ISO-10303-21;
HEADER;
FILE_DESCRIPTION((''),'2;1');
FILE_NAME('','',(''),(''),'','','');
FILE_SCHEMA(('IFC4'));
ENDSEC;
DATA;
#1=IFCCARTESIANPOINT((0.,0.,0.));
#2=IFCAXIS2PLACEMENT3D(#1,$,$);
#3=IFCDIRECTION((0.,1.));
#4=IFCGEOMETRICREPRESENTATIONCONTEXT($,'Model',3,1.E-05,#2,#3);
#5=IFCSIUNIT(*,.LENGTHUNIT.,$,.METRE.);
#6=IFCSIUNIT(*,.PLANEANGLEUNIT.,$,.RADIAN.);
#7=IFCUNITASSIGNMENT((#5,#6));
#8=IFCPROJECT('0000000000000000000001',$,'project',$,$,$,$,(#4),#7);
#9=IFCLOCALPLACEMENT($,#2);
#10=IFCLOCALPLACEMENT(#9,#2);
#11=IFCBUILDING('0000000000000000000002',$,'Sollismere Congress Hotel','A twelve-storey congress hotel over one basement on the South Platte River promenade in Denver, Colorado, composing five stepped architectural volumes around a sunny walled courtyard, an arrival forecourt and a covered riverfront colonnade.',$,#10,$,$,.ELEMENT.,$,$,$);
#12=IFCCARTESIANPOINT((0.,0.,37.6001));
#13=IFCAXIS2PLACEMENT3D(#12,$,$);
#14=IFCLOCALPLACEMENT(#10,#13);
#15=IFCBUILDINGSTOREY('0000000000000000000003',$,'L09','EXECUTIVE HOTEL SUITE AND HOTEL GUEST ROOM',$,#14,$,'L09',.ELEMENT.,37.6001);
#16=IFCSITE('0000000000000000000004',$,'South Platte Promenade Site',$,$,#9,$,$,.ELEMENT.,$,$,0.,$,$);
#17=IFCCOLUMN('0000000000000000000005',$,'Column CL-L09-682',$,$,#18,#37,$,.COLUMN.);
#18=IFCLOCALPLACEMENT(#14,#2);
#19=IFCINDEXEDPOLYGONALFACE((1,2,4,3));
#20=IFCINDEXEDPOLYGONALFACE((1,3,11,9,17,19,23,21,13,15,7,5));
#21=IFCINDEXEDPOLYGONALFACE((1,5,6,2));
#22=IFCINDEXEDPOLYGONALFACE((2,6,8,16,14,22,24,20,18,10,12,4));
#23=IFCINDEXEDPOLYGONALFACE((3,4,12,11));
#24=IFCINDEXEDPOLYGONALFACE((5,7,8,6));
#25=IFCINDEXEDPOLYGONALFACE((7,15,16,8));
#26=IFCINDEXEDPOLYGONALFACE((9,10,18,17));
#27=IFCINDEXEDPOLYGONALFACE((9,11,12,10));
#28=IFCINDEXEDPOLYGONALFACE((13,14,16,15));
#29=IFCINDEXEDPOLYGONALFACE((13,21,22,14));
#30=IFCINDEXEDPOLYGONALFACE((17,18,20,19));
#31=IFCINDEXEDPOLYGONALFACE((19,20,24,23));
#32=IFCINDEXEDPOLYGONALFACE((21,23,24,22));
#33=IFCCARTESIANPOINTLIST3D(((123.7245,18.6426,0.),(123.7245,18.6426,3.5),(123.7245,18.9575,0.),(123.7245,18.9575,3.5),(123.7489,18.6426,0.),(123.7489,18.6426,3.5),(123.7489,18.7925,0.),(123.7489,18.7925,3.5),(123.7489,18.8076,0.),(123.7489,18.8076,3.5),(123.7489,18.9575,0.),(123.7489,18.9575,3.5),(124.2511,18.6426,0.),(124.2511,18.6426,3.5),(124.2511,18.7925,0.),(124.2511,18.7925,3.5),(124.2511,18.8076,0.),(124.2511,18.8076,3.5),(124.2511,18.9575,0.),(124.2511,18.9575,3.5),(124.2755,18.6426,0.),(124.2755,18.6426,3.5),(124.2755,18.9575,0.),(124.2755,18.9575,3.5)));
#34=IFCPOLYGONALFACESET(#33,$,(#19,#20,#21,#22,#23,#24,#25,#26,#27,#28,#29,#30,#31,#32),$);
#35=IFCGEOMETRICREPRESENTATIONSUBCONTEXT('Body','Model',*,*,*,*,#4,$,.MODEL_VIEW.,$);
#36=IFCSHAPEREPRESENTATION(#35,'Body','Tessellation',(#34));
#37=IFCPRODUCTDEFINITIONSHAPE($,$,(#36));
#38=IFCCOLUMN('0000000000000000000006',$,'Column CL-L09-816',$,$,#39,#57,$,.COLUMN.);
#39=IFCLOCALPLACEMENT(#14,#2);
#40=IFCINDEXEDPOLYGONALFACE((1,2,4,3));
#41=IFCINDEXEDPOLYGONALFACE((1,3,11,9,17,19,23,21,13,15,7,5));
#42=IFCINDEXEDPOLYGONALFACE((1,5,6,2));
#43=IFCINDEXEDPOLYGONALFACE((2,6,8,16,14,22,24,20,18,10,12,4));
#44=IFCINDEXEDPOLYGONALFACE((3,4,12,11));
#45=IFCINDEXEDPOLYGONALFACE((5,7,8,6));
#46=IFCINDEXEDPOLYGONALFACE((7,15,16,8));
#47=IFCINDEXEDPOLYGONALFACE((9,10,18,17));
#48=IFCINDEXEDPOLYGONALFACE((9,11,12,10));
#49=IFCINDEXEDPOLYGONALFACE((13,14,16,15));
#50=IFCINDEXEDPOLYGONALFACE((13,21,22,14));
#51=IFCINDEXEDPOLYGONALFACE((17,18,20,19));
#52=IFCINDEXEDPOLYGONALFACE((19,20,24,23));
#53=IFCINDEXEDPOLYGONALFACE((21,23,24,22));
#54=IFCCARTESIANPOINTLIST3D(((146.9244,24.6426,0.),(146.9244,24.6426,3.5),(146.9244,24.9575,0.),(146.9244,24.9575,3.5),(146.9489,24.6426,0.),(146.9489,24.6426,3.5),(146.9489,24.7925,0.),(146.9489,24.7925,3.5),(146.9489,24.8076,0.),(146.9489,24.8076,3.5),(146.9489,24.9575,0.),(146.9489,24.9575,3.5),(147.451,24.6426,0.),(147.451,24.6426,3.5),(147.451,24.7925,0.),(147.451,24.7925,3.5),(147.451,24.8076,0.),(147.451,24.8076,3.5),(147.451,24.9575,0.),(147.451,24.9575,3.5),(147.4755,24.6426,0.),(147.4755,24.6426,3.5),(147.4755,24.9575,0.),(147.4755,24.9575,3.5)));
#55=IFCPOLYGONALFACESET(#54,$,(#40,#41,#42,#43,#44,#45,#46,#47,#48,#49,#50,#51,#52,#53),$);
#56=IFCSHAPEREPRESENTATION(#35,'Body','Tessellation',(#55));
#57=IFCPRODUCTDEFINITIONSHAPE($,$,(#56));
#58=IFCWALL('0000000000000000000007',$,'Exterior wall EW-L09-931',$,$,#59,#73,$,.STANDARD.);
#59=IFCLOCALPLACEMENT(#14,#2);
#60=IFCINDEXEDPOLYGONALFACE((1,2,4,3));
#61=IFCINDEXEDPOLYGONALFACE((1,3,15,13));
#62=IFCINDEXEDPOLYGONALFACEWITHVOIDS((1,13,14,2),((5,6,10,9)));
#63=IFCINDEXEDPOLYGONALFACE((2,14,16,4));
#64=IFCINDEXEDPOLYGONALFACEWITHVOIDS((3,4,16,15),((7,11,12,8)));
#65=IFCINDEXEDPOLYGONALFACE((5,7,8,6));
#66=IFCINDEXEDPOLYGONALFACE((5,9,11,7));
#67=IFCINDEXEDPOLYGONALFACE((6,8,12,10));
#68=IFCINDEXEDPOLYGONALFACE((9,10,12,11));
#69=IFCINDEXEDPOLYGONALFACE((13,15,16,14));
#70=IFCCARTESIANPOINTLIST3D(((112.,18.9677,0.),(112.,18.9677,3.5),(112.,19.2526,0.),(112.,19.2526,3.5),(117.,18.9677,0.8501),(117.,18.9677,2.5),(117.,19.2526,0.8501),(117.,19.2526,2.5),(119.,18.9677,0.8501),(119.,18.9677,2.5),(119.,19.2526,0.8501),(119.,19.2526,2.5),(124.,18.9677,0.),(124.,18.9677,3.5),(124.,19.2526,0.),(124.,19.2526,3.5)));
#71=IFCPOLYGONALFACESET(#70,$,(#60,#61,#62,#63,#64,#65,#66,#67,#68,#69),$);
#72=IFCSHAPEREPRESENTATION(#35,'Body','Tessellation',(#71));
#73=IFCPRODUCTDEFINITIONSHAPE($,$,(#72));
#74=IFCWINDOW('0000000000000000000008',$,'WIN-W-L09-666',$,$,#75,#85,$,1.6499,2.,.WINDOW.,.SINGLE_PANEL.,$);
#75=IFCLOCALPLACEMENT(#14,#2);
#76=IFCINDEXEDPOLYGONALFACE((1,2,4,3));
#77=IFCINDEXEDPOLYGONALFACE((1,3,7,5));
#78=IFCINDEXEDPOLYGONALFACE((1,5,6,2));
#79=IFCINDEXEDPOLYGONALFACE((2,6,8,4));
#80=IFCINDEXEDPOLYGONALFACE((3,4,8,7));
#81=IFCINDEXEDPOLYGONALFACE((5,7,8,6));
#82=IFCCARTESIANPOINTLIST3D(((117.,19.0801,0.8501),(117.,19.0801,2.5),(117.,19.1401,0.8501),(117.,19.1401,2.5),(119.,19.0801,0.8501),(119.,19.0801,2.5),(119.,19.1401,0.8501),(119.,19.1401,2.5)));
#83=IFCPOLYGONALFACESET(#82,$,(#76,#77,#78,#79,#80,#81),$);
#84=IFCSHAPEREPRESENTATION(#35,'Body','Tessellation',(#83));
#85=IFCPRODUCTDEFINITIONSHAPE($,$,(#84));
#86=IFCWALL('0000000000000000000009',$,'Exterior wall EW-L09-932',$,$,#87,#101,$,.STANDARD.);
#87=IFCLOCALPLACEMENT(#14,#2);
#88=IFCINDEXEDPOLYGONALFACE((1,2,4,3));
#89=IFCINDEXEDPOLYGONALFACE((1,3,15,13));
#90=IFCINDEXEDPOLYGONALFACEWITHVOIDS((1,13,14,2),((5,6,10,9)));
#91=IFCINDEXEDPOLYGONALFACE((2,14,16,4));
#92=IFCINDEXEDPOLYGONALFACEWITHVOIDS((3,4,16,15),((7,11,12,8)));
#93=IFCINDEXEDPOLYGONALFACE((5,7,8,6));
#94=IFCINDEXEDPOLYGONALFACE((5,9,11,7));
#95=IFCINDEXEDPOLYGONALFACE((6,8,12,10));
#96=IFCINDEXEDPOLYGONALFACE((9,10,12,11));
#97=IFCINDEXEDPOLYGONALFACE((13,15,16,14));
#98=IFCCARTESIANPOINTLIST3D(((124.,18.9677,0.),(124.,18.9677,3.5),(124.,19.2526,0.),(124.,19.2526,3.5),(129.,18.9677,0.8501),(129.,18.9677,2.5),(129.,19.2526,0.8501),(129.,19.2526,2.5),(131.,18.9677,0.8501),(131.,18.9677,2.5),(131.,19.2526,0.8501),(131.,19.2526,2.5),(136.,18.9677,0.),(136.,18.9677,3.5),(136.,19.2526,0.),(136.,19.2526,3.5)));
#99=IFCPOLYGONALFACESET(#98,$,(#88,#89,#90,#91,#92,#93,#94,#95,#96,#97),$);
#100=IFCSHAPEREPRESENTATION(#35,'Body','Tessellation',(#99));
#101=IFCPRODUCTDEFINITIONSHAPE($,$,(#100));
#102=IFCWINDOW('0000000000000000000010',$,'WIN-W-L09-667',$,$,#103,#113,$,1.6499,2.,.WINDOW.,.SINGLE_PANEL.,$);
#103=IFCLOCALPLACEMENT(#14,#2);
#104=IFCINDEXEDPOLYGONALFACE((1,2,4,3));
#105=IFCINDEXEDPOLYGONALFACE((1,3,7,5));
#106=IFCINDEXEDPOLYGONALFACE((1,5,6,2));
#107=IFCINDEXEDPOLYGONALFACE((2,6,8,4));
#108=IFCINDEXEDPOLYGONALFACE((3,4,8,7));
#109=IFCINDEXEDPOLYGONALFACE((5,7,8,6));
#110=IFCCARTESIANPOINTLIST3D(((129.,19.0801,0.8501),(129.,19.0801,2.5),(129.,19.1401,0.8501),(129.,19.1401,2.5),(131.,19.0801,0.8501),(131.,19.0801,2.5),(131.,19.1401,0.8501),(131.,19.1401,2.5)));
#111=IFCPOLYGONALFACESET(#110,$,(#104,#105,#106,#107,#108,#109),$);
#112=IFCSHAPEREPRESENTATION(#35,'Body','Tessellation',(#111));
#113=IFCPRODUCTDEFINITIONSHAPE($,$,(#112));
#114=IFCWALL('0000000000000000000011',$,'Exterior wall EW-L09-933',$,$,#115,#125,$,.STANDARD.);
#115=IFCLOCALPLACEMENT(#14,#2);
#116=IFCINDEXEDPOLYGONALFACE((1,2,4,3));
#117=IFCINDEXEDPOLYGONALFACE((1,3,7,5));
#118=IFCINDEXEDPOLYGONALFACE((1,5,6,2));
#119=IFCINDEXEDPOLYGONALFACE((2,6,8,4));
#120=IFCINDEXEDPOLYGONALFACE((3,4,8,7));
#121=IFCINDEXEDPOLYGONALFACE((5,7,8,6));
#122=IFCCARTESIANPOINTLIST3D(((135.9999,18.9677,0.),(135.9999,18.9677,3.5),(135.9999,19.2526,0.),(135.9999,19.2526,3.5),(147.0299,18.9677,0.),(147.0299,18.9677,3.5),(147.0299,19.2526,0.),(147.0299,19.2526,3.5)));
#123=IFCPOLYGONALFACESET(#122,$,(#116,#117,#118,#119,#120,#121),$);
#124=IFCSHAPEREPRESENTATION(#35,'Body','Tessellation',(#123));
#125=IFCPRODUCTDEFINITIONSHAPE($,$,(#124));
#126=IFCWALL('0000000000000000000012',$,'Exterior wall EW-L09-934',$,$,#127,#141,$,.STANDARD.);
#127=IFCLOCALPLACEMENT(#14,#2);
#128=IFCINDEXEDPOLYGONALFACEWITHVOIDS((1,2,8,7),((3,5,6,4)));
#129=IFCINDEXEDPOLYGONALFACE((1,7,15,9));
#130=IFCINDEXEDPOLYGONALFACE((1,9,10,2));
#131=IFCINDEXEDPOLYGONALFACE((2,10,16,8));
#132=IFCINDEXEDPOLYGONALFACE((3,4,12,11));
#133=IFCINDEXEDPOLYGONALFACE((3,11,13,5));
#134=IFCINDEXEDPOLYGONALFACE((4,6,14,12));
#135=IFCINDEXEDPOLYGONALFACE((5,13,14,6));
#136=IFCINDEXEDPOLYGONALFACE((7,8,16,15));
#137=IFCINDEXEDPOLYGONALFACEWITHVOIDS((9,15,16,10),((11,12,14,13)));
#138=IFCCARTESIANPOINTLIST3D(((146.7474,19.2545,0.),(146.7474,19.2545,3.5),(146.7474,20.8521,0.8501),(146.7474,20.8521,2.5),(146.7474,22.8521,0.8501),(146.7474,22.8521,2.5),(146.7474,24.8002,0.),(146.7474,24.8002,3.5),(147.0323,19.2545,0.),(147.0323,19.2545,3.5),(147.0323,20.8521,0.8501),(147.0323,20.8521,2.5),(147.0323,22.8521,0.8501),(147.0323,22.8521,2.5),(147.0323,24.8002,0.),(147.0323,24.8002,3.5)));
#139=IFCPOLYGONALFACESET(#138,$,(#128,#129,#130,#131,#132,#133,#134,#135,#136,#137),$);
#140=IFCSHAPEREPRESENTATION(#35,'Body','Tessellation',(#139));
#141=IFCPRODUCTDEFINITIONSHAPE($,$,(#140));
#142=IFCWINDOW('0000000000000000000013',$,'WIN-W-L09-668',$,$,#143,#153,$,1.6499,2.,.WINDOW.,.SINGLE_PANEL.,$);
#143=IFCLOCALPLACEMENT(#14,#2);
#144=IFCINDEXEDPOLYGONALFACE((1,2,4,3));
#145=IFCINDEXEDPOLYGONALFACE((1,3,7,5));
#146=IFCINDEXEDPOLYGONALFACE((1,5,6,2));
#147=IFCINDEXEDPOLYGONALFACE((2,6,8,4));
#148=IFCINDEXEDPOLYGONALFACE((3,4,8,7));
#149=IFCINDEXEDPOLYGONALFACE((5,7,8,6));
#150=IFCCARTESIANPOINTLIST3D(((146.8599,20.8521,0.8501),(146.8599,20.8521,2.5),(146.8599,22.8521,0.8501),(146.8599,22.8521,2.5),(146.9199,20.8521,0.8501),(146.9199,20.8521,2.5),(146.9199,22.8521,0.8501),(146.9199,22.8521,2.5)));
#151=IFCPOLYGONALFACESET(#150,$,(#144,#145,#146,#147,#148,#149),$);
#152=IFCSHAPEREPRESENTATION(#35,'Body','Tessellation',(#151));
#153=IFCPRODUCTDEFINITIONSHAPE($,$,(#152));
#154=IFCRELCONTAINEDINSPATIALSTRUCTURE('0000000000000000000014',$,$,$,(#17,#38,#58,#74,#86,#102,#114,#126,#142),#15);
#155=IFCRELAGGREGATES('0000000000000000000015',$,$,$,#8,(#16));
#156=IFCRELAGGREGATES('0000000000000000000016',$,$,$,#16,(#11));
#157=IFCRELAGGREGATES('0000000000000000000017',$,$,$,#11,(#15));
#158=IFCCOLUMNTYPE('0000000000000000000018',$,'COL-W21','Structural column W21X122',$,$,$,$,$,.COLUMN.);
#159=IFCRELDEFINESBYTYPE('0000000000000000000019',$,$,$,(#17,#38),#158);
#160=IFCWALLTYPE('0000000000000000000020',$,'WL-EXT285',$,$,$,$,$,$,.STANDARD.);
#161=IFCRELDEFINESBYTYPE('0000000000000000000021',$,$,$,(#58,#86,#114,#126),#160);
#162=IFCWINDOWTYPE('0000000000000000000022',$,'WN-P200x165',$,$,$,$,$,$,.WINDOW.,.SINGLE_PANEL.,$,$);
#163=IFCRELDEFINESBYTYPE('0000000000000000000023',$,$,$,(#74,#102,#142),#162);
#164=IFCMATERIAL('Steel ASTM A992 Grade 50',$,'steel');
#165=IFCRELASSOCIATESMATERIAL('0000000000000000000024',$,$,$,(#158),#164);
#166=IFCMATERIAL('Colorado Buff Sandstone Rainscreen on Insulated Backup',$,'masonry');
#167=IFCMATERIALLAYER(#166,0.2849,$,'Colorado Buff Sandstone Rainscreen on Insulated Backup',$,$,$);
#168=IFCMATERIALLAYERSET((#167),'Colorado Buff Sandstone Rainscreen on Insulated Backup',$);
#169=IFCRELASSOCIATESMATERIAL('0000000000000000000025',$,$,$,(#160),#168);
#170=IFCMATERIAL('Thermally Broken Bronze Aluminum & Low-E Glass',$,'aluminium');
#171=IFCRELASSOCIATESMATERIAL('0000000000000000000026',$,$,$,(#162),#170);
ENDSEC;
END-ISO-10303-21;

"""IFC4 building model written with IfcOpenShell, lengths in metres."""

from ifc_helpers import new_model, si_unit, direction, frame, frame_2d, origin, origin_2d, place, context, subcontext, project, spatial, rectangle, i_section, extrude, material, layer, layer_set, material_profile, profile_set, type_object, element, fill, save


model = new_model("IFC4")

# Units and contexts
model_context = context("Model", 3, precision=1e-05, world=origin(), true_north=direction((0.0, 1.0)))
body_context = subcontext(model_context, "Body", "Model", "MODEL_VIEW")
ifc_project = project(units=[si_unit("LENGTHUNIT", "METRE"), si_unit("PLANEANGLEUNIT", "RADIAN")], contexts=[model_context])

# Site, building, storey
site_placement = place(None, origin())
site = spatial("IfcSite", under=ifc_project, at=site_placement, Name="South Platte Promenade Site", CompositionType="ELEMENT", RefElevation=0.0)
building_placement = place(site_placement, origin())
building = spatial("IfcBuilding", under=site, at=building_placement, Name="Sollismere Congress Hotel", Description="A twelve-storey congress hotel over one basement on the South Platte River promenade in Denver, Colorado, composing five stepped architectural volumes around a sunny walled courtyard, an arrival forecourt and a covered riverfront colonnade.", CompositionType="ELEMENT")
storey_placement = place(building_placement, frame((0.0, 0.0, 37.6001)))
storey = spatial("IfcBuildingStorey", under=building, at=storey_placement, Name="L09", Description="EXECUTIVE HOTEL SUITE AND HOTEL GUEST ROOM", LongName="L09", CompositionType="ELEMENT", Elevation=37.6001)

# Columns
ifc_material_1 = material(Name="Steel ASTM A992 Grade 50", Category="steel")
ifc_material_profile = material_profile(ifc_material_1, i_section(OverallWidth=0.3149, OverallDepth=0.551, WebThickness=0.0151, FlangeThickness=0.0244, at=origin_2d()), Name="W21X122")
ifc_profile_set = profile_set([ifc_material_profile], Name="Steel ASTM A992 Grade 50")
column_type = type_object("IfcColumnType", Name="COL-W21", Description="Structural column W21X122", PredefinedType="COLUMN", material=ifc_profile_set)
for number, where, z_axis, x_axis, name in (
    (1, (124.0, 18.8, 0.0), (0.0, 0.0, 1.0), (0.0, 1.0, 0.0), "Column CL-L09-682"),
    (2, (147.2, 24.8, 0.0), (0.0, 0.0, 1.0), (0.0, 1.0, 0.0), "Column CL-L09-816"),
):
    element("IfcColumn", number, at=place(storey_placement, frame(where, z_axis=z_axis, x_axis=x_axis)), inside=storey, type_object=column_type, Name=name, PredefinedType="COLUMN", context=body_context, shape_type="SweptSolid", body=[
        extrude(i_section(OverallWidth=0.3149, OverallDepth=0.551, WebThickness=0.0151, FlangeThickness=0.0244, at=origin_2d()), origin(), (0.0, 0.0, 1.0), 3.5),
    ])

# Walls, openings, windows
ifc_material_2 = material(Name="Colorado Buff Sandstone Rainscreen on Insulated Backup", Category="masonry")
ifc_layer_1 = layer(ifc_material_2, 0.2849, Name="Colorado Buff Sandstone Rainscreen on Insulated Backup")
ifc_layer_set_1 = layer_set([ifc_layer_1], Name="Colorado Buff Sandstone Rainscreen on Insulated Backup")
wall_type_1 = type_object("IfcWallType", Name="WL-EXT285", PredefinedType="STANDARD", material=ifc_layer_set_1)
wall_1_placement = place(storey_placement, frame((124.0, 19.1101, 0.0), z_axis=(0.0, 0.0, 1.0), x_axis=(-1.0, 0.0, 0.0)))
wall_1 = element("IfcWall", 3, at=wall_1_placement, inside=storey, type_object=wall_type_1, Name="Exterior wall EW-L09-931", PredefinedType="STANDARD", context=body_context, shape_type="SweptSolid", body=[
    extrude(rectangle(XDim=12.0, YDim=0.2849, at=frame_2d((6.0, 0.0))), origin(), (0.0, 0.0, 1.0), 3.5),
])
opening_1_placement = place(wall_1_placement, frame((5.0, 0.0, 0.8501)))
opening_1 = element("IfcOpeningElement", 4, at=opening_1_placement, cuts=wall_1, PredefinedType="OPENING", context=body_context, shape_type="SweptSolid", body=[
    extrude(rectangle(XDim=2.0, YDim=1.6499, at=frame_2d((1.0, 0.825))), frame((0.0, 0.1523, 0.0), z_axis=(0.0, -1.0, 0.0), x_axis=(1.0, 0.0, 0.0)), (0.0, 0.0, 1.0), 0.3049),
])
ifc_material_3 = material(Name="Thermally Broken Bronze Aluminum & Low-E Glass", Category="aluminium")
window_type = type_object("IfcWindowType", Name="WN-P200x165", PartitioningType="SINGLE_PANEL", PredefinedType="WINDOW", material=ifc_material_3)
window_1_placement = place(opening_1_placement, origin())
window_1 = element("IfcWindow", 5, at=window_1_placement, inside=storey, type_object=window_type, Name="WIN-W-L09-666", OverallHeight=1.6499, OverallWidth=2.0, PartitioningType="SINGLE_PANEL", PredefinedType="WINDOW", context=body_context, shape_type="SweptSolid", body=[
    extrude(rectangle(XDim=2.0, YDim=1.6499, at=frame_2d((1.0, 0.825))), frame((0.0, 0.03, 0.0), z_axis=(0.0, -1.0, 0.0), x_axis=(1.0, 0.0, 0.0)), (0.0, 0.0, 1.0), 0.0601),
])
fill(opening_1, window_1)
wall_2_placement = place(storey_placement, frame((136.0, 19.1101, 0.0), z_axis=(0.0, 0.0, 1.0), x_axis=(-1.0, 0.0, 0.0)))
wall_2 = element("IfcWall", 6, at=wall_2_placement, inside=storey, type_object=wall_type_1, Name="Exterior wall EW-L09-932", PredefinedType="STANDARD", context=body_context, shape_type="SweptSolid", body=[
    extrude(rectangle(XDim=12.0, YDim=0.2849, at=frame_2d((6.0, 0.0))), origin(), (0.0, 0.0, 1.0), 3.5),
])
opening_2_placement = place(wall_2_placement, frame((5.0, 0.0, 0.8501)))
opening_2 = element("IfcOpeningElement", 7, at=opening_2_placement, cuts=wall_2, PredefinedType="OPENING", context=body_context, shape_type="SweptSolid", body=[
    extrude(rectangle(XDim=2.0, YDim=1.6499, at=frame_2d((1.0, 0.825))), frame((0.0, 0.1523, 0.0), z_axis=(0.0, -1.0, 0.0), x_axis=(1.0, 0.0, 0.0)), (0.0, 0.0, 1.0), 0.3049),
])
window_2_placement = place(opening_2_placement, origin())
window_2 = element("IfcWindow", 8, at=window_2_placement, inside=storey, type_object=window_type, Name="WIN-W-L09-667", OverallHeight=1.6499, OverallWidth=2.0, PartitioningType="SINGLE_PANEL", PredefinedType="WINDOW", context=body_context, shape_type="SweptSolid", body=[
    extrude(rectangle(XDim=2.0, YDim=1.6499, at=frame_2d((1.0, 0.825))), frame((0.0, 0.03, 0.0), z_axis=(0.0, -1.0, 0.0), x_axis=(1.0, 0.0, 0.0)), (0.0, 0.0, 1.0), 0.0601),
])
fill(opening_2, window_2)

# Wall
wall_3_placement = place(storey_placement, frame((147.03, 19.1101, 0.0), z_axis=(0.0, 0.0, 1.0), x_axis=(-1.0, 0.0, 0.0)))
element("IfcWall", 9, at=wall_3_placement, inside=storey, type_object=wall_type_1, Name="Exterior wall EW-L09-933", PredefinedType="STANDARD", context=body_context, shape_type="SweptSolid", body=[
    extrude(rectangle(XDim=11.03, YDim=0.2849, at=frame_2d((5.5151, 0.0))), origin(), (0.0, 0.0, 1.0), 3.5),
])

# Wall, opening, window
wall_4_placement = place(storey_placement, frame((146.8899, 19.2544, 0.0), z_axis=(0.0, 0.0, 1.0), x_axis=(0.0, 1.0, 0.0)))
wall_4 = element("IfcWall", 10, at=wall_4_placement, inside=storey, type_object=wall_type_1, Name="Exterior wall EW-L09-934", PredefinedType="STANDARD", context=body_context, shape_type="SweptSolid", body=[
    extrude(rectangle(XDim=5.5457, YDim=0.2849, at=frame_2d((2.7729, 0.0))), origin(), (0.0, 0.0, 1.0), 3.5),
])
opening_3_placement = place(wall_4_placement, frame((1.5977, 0.0, 0.8501)))
opening_3 = element("IfcOpeningElement", 11, at=opening_3_placement, cuts=wall_4, PredefinedType="OPENING", context=body_context, shape_type="SweptSolid", body=[
    extrude(rectangle(XDim=2.0, YDim=1.6499, at=frame_2d((1.0, 0.825))), frame((0.0, 0.1523, 0.0), z_axis=(0.0, -1.0, 0.0), x_axis=(1.0, 0.0, 0.0)), (0.0, 0.0, 1.0), 0.3049),
])
window_3_placement = place(opening_3_placement, origin())
window_3 = element("IfcWindow", 12, at=window_3_placement, inside=storey, type_object=window_type, Name="WIN-W-L09-668", OverallHeight=1.6499, OverallWidth=2.0, PartitioningType="SINGLE_PANEL", PredefinedType="WINDOW", context=body_context, shape_type="SweptSolid", body=[
    extrude(rectangle(XDim=2.0, YDim=1.6499, at=frame_2d((1.0, 0.825))), frame((0.0, 0.03, 0.0), z_axis=(0.0, -1.0, 0.0), x_axis=(1.0, 0.0, 0.0)), (0.0, 0.0, 1.0), 0.0601),
])
fill(opening_3, window_3)

save(model, "model.ifc")
